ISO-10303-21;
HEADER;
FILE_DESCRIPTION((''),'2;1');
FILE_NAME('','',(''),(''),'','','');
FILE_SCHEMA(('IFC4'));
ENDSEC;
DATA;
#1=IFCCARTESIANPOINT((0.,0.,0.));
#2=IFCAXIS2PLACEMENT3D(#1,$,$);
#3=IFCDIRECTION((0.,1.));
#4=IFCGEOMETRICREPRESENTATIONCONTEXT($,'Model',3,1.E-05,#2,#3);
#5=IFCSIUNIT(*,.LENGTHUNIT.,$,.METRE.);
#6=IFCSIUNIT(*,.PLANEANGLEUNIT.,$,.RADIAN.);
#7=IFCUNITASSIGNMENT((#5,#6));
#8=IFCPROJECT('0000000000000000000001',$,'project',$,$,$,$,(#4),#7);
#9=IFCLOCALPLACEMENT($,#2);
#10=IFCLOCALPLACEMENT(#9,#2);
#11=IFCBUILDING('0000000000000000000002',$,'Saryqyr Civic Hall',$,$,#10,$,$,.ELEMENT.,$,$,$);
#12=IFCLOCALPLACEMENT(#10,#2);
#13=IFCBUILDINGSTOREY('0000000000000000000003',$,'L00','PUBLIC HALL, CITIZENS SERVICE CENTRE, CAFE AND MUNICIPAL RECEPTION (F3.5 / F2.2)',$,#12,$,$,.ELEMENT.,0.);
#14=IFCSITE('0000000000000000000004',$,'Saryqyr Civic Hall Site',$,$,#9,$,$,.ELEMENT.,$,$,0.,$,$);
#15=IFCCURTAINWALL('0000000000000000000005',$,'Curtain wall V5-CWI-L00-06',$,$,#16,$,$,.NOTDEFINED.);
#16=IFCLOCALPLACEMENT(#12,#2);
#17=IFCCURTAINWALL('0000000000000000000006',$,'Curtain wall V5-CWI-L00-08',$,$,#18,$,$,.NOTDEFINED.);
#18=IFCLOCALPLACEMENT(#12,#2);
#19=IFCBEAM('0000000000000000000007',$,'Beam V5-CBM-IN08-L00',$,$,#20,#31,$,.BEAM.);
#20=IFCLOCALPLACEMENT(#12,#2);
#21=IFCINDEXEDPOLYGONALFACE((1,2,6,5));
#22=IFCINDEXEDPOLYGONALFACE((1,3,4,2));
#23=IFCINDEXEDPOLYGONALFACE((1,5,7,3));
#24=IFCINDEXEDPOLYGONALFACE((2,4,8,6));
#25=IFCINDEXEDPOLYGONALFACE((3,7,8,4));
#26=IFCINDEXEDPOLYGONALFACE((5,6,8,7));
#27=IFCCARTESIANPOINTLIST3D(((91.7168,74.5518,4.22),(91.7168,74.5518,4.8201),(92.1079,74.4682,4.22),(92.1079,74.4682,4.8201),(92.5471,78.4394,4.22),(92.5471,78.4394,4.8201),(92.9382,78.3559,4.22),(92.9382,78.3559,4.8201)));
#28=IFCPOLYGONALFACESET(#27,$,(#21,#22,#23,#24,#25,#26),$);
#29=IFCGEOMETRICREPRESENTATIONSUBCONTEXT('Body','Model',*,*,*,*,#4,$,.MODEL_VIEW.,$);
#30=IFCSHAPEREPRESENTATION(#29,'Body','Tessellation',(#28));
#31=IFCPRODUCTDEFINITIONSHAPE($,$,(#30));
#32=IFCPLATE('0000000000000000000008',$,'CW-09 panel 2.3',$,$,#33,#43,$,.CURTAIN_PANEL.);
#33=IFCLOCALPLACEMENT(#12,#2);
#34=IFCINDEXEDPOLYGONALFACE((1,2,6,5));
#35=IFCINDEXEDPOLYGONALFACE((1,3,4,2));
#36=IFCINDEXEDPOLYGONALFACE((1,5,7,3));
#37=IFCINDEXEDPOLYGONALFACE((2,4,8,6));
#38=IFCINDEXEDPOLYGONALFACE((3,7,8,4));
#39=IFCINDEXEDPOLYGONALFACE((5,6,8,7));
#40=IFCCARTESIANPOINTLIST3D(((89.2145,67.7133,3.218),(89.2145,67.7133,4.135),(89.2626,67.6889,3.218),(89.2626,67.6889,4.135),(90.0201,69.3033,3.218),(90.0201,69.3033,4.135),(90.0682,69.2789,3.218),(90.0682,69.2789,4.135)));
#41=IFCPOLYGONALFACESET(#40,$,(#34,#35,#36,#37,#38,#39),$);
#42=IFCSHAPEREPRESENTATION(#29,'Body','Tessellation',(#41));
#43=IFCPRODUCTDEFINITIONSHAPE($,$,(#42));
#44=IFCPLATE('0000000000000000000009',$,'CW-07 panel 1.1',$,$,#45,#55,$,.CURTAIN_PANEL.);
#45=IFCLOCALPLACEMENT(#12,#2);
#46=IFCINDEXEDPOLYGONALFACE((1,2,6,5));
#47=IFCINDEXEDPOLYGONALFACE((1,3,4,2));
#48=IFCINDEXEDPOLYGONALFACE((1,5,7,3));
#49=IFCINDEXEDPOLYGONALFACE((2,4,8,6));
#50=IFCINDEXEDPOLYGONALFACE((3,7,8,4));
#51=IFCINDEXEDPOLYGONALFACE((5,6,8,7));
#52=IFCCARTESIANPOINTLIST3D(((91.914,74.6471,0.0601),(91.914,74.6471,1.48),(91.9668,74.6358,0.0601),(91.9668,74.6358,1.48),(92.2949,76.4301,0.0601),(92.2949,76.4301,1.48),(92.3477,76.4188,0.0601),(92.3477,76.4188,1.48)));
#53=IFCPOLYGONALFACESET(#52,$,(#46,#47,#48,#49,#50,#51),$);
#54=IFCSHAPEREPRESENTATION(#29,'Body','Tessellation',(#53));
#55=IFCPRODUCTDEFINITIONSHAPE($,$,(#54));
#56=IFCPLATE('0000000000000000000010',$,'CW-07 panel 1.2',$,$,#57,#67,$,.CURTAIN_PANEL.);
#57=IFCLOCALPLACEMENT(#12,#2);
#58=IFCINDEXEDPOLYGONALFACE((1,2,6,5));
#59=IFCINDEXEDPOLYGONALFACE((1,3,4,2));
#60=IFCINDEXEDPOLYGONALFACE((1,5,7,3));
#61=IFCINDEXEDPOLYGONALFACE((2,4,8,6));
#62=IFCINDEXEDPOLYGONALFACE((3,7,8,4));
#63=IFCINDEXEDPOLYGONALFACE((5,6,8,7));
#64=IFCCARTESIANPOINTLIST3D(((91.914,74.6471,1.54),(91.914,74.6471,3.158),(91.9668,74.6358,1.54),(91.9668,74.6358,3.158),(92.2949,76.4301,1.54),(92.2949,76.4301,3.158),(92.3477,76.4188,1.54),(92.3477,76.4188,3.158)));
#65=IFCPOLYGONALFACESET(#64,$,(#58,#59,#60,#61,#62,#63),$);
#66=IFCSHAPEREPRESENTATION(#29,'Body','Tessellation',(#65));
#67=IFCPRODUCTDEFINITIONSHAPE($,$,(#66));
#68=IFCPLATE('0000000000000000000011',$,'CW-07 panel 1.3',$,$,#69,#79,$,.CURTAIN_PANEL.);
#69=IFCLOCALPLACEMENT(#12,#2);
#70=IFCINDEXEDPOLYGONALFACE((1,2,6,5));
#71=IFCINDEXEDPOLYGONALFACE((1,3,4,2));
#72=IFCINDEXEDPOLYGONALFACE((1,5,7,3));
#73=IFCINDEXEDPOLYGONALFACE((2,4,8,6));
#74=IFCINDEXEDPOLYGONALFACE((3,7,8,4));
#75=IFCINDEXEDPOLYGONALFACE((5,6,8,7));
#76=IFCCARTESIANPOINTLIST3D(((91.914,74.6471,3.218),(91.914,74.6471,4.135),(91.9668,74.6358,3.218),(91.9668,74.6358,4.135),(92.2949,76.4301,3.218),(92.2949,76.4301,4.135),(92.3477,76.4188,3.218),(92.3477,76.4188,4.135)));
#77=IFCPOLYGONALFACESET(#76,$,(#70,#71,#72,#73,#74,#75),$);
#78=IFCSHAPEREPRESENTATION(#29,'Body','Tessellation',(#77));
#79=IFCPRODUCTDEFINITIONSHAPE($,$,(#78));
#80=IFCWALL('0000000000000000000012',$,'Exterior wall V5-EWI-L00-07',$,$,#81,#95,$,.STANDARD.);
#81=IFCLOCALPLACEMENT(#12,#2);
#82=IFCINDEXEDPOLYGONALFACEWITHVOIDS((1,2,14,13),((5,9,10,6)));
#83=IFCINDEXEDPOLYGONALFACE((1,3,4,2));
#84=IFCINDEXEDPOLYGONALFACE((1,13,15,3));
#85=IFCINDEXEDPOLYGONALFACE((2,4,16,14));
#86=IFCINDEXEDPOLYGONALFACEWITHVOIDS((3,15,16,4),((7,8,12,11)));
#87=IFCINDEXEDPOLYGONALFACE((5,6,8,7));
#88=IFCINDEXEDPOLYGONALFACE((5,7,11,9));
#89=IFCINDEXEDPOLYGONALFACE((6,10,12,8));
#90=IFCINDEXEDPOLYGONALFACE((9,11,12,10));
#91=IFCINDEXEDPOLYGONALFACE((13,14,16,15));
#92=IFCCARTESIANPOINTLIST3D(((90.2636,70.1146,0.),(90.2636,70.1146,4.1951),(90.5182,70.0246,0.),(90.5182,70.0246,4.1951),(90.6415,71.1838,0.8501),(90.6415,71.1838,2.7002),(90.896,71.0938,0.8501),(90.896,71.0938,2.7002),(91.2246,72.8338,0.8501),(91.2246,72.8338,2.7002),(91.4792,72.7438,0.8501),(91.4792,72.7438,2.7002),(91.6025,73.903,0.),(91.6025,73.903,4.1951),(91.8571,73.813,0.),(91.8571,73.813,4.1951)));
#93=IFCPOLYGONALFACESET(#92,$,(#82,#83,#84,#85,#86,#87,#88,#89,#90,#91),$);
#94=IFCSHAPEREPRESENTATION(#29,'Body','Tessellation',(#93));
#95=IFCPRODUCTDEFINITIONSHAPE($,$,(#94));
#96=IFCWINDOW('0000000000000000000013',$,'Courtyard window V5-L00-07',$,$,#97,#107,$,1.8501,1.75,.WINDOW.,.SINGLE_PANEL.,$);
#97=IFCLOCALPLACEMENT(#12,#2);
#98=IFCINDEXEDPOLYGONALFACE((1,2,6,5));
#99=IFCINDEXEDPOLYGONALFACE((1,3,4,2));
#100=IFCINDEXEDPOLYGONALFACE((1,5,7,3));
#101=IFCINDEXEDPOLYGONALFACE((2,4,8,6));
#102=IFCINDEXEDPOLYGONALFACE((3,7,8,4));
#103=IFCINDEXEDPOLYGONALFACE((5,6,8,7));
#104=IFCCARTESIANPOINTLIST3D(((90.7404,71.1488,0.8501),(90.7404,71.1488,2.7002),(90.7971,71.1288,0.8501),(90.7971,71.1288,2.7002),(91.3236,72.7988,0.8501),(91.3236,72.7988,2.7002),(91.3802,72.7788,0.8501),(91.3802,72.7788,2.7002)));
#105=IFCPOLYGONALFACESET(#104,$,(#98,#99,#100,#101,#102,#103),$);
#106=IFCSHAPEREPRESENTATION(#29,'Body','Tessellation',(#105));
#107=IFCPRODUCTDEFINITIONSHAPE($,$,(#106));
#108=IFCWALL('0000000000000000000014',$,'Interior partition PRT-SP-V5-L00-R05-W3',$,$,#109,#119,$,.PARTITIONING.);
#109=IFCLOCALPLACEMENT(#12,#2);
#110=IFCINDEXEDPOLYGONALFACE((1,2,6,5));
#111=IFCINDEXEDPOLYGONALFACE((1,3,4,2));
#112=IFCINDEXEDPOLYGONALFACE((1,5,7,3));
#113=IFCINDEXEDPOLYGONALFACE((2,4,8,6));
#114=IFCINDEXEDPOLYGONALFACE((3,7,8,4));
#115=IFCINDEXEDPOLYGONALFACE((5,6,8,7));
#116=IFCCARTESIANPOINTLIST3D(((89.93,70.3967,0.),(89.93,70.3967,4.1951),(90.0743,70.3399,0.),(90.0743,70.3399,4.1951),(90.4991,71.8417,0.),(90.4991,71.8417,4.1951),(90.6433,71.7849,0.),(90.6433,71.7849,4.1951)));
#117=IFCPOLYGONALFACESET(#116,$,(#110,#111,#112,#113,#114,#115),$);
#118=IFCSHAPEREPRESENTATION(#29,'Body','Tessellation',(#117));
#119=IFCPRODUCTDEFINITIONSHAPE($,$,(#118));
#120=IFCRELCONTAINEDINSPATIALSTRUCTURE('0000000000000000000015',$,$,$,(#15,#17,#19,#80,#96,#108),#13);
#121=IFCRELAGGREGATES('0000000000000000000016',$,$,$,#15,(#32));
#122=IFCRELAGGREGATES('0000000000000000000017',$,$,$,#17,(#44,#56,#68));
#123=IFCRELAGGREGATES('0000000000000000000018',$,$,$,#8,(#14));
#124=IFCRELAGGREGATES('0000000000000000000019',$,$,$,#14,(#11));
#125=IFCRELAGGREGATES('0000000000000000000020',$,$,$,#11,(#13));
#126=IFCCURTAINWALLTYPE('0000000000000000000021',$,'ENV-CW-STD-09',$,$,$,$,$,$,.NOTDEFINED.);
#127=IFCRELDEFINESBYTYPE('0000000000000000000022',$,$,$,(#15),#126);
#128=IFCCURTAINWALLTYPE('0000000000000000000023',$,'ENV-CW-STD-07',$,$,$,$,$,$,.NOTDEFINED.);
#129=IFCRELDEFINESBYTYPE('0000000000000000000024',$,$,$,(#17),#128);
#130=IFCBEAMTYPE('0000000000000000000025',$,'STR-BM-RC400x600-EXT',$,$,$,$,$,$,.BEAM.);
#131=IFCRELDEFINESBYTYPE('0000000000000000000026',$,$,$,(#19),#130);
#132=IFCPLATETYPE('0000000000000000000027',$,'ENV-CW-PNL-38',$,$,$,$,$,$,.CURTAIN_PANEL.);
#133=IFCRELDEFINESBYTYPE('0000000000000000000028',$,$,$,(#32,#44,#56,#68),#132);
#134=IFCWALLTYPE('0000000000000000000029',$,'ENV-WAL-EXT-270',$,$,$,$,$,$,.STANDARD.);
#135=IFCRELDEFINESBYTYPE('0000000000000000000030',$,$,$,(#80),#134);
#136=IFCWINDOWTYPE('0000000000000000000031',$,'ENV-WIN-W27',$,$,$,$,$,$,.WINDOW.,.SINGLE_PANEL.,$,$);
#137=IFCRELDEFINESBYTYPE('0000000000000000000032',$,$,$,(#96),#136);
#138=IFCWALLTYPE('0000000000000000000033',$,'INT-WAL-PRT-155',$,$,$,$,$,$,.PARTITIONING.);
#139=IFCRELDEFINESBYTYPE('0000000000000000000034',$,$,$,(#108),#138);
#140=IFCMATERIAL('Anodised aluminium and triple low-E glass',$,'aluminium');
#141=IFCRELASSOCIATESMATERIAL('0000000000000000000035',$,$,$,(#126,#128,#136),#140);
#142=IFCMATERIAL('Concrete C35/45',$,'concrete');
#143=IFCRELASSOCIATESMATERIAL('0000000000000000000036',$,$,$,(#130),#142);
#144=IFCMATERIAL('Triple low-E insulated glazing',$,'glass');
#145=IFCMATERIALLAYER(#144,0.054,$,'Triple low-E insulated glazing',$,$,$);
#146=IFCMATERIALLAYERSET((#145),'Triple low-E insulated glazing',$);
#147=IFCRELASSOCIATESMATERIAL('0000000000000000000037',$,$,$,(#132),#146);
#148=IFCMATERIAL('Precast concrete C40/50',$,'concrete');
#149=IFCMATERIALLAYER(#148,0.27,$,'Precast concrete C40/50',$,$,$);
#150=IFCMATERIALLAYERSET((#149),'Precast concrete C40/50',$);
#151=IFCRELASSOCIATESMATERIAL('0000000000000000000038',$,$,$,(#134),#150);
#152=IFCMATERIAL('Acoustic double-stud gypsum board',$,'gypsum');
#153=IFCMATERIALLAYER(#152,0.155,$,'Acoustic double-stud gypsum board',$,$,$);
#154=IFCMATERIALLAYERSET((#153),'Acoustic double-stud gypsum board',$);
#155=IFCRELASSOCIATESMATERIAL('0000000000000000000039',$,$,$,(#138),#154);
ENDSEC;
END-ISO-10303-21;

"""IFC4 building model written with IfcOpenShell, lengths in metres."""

from ifc_helpers import new_model, si_unit, direction, frame, frame_2d, origin, origin_2d, place, context, subcontext, project, spatial, rectangle, extrude, material, layer, layer_set, material_profile, profile_set, type_object, element, fill, aggregate, save


model = new_model("IFC4")

# Units and contexts
model_context = context("Model", 3, precision=1e-05, world=origin(), true_north=direction((0.0, 1.0)))
body_context = subcontext(model_context, "Body", "Model", "MODEL_VIEW")
ifc_project = project(units=[si_unit("LENGTHUNIT", "METRE"), si_unit("PLANEANGLEUNIT", "RADIAN")], contexts=[model_context])

# Site, building, storey
site_placement = place(None, origin())
site = spatial("IfcSite", under=ifc_project, at=site_placement, Name="Saryqyr Civic Hall Site", CompositionType="ELEMENT", RefElevation=0.0)
building_placement = place(site_placement, origin())
building = spatial("IfcBuilding", under=site, at=building_placement, Name="Saryqyr Civic Hall", CompositionType="ELEMENT")
storey_placement = place(building_placement, origin())
storey = spatial("IfcBuildingStorey", under=building, at=storey_placement, Name="L00", Description="PUBLIC HALL, CITIZENS SERVICE CENTRE, CAFE AND MUNICIPAL RECEPTION (F3.5 / F2.2)", CompositionType="ELEMENT", Elevation=0.0)

# Curtain wall
ifc_material_1 = material(Name="Anodised aluminium and triple low-E glass", Category="aluminium")
curtain_wall_type_1 = type_object("IfcCurtainWallType", Name="ENV-CW-STD-09", PredefinedType="NOTDEFINED", material=ifc_material_1)
curtain_wall_1_placement = place(storey_placement, origin())
curtain_wall_1 = element("IfcCurtainWall", 1, at=curtain_wall_1_placement, inside=storey, type_object=curtain_wall_type_1, Name="Curtain wall V5-CWI-L00-06", PredefinedType="NOTDEFINED")

# Curtain wall
curtain_wall_type_2 = type_object("IfcCurtainWallType", Name="ENV-CW-STD-07", PredefinedType="NOTDEFINED", material=ifc_material_1)
curtain_wall_2_placement = place(storey_placement, origin())
curtain_wall_2 = element("IfcCurtainWall", 2, at=curtain_wall_2_placement, inside=storey, type_object=curtain_wall_type_2, Name="Curtain wall V5-CWI-L00-08", PredefinedType="NOTDEFINED")

# Beam
ifc_material_2 = material(Name="Concrete C35/45", Category="concrete")
ifc_material_profile_1 = material_profile(ifc_material_2, rectangle(XDim=0.3999, YDim=0.6001, at=origin_2d()), Name="RC 400x600")
ifc_profile_set_1 = profile_set([ifc_material_profile_1], Name="Concrete C35/45")
beam_type = type_object("IfcBeamType", Name="STR-BM-RC400x600-EXT", PredefinedType="BEAM", material=ifc_profile_set_1)
beam_1_placement = place(storey_placement, frame((91.9124, 74.51, 4.52), z_axis=(0.208866, 0.977944, 0.0), x_axis=(-0.977944, 0.208866, 0.0)))
element("IfcBeam", 3, at=beam_1_placement, inside=storey, type_object=beam_type, Name="Beam V5-CBM-IN08-L00", PredefinedType="BEAM", context=body_context, shape_type="SweptSolid", body=[
    extrude(rectangle(XDim=0.3999, YDim=0.6001, at=origin_2d()), origin(), (0.0, 0.0, 1.0), 3.9753),
])

# Plates
ifc_material_3 = material(Name="Triple low-E insulated glazing", Category="glass")
ifc_layer_1 = layer(ifc_material_3, 0.054, Name="Triple low-E insulated glazing")
ifc_layer_set_1 = layer_set([ifc_layer_1], Name="Triple low-E insulated glazing")
plate_type = type_object("IfcPlateType", Name="ENV-CW-PNL-38", PredefinedType="CURTAIN_PANEL", material=ifc_layer_set_1)
plate_1_placement = place(storey_placement, frame((89.6414, 68.4961, 3.218), z_axis=(0.0, 0.0, 1.0), x_axis=(0.45195, 0.892043, 0.0)))
plate_1 = element("IfcPlate", 4, at=plate_1_placement, type_object=plate_type, Name="CW-09 panel 2.3", PredefinedType="CURTAIN_PANEL", context=body_context, shape_type="SweptSolid", body=[
    extrude(rectangle(XDim=1.7825, YDim=0.054, at=origin_2d()), origin(), (0.0, 0.0, 1.0), 0.917),
])
aggregate(curtain_wall_1, [plate_1])
plate_2_placement = place(storey_placement, frame((92.1309, 75.533, 0.0601), z_axis=(0.0, 0.0, 1.0), x_axis=(0.20891, 0.977935, 0.0)))
plate_2 = element("IfcPlate", 5, at=plate_2_placement, type_object=plate_type, Name="CW-07 panel 1.1", PredefinedType="CURTAIN_PANEL", context=body_context, shape_type="SweptSolid", body=[
    extrude(rectangle(XDim=1.8232, YDim=0.054, at=origin_2d()), origin(), (0.0, 0.0, 1.0), 1.4199),
])
plate_3_placement = place(storey_placement, frame((92.1309, 75.533, 1.54), z_axis=(0.0, 0.0, 1.0), x_axis=(0.20891, 0.977935, 0.0)))
plate_3 = element("IfcPlate", 6, at=plate_3_placement, type_object=plate_type, Name="CW-07 panel 1.2", PredefinedType="CURTAIN_PANEL", context=body_context, shape_type="SweptSolid", body=[
    extrude(rectangle(XDim=1.8232, YDim=0.054, at=origin_2d()), origin(), (0.0, 0.0, 1.0), 1.6179),
])
plate_4_placement = place(storey_placement, frame((92.1309, 75.533, 3.218), z_axis=(0.0, 0.0, 1.0), x_axis=(0.20891, 0.977935, 0.0)))
plate_4 = element("IfcPlate", 7, at=plate_4_placement, type_object=plate_type, Name="CW-07 panel 1.3", PredefinedType="CURTAIN_PANEL", context=body_context, shape_type="SweptSolid", body=[
    extrude(rectangle(XDim=1.8232, YDim=0.054, at=origin_2d()), origin(), (0.0, 0.0, 1.0), 0.917),
])
aggregate(curtain_wall_2, [plate_2, plate_3, plate_4])

# Wall, opening, window
ifc_material_4 = material(Name="Precast concrete C40/50", Category="concrete")
ifc_layer_2 = layer(ifc_material_4, 0.27, Name="Precast concrete C40/50")
ifc_layer_set_2 = layer_set([ifc_layer_2], Name="Precast concrete C40/50")
wall_type_1 = type_object("IfcWallType", Name="ENV-WAL-EXT-270", PredefinedType="STANDARD", material=ifc_layer_set_2)
wall_1_placement = place(storey_placement, frame((90.3909, 70.0696, 0.0), z_axis=(0.0, 0.0, 1.0), x_axis=(0.333221, 0.942849, 0.0)))
wall_1 = element("IfcWall", 8, at=wall_1_placement, inside=storey, type_object=wall_type_1, Name="Exterior wall V5-EWI-L00-07", PredefinedType="STANDARD", context=body_context, shape_type="SweptSolid", body=[
    extrude(rectangle(XDim=4.0181, YDim=0.27, at=frame_2d((2.009, 0.0))), origin(), (0.0, 0.0, 1.0), 4.1951),
])
opening_placement = place(wall_1_placement, frame((1.134, 0.0, 0.8501)))
opening = element("IfcOpeningElement", 9, at=opening_placement, cuts=wall_1, PredefinedType="OPENING", context=body_context, shape_type="SweptSolid", body=[
    extrude(rectangle(XDim=1.75, YDim=1.8501, at=frame_2d((0.875, 0.925))), frame((0.0, 0.145, 0.0), z_axis=(0.0, -1.0, 0.0), x_axis=(1.0, 0.0, 0.0)), (0.0, 0.0, 1.0), 0.29),
])
window_type = type_object("IfcWindowType", Name="ENV-WIN-W27", PartitioningType="SINGLE_PANEL", PredefinedType="WINDOW", material=ifc_material_1)
window_placement = place(opening_placement, origin())
window = element("IfcWindow", 10, at=window_placement, inside=storey, type_object=window_type, Name="Courtyard window V5-L00-07", OverallHeight=1.8501, OverallWidth=1.75, PartitioningType="SINGLE_PANEL", PredefinedType="WINDOW", context=body_context, shape_type="SweptSolid", body=[
    extrude(rectangle(XDim=1.75, YDim=1.8501, at=frame_2d((0.875, 0.925))), frame((0.0, 0.03, 0.0), z_axis=(0.0, -1.0, 0.0), x_axis=(1.0, 0.0, 0.0)), (0.0, 0.0, 1.0), 0.0601),
])
fill(opening, window)

# Wall
ifc_material_5 = material(Name="Acoustic double-stud gypsum board", Category="gypsum")
ifc_layer_3 = layer(ifc_material_5, 0.155, Name="Acoustic double-stud gypsum board")
ifc_layer_set_3 = layer_set([ifc_layer_3], Name="Acoustic double-stud gypsum board")
wall_type_2 = type_object("IfcWallType", Name="INT-WAL-PRT-155", PredefinedType="PARTITIONING", material=ifc_layer_set_3)
wall_2_placement = place(storey_placement, frame((90.0022, 70.3684, 0.0), z_axis=(0.0, 0.0, 1.0), x_axis=(0.366426, 0.930447, 0.0)))
element("IfcWall", 11, at=wall_2_placement, inside=storey, type_object=wall_type_2, Name="Interior partition PRT-SP-V5-L00-R05-W3", PredefinedType="PARTITIONING", context=body_context, shape_type="SweptSolid", body=[
    extrude(rectangle(XDim=1.553, YDim=0.155, at=frame_2d((0.7764, 0.0))), origin(), (0.0, 0.0, 1.0), 4.1951),
])

save(model, "model.ifc")
